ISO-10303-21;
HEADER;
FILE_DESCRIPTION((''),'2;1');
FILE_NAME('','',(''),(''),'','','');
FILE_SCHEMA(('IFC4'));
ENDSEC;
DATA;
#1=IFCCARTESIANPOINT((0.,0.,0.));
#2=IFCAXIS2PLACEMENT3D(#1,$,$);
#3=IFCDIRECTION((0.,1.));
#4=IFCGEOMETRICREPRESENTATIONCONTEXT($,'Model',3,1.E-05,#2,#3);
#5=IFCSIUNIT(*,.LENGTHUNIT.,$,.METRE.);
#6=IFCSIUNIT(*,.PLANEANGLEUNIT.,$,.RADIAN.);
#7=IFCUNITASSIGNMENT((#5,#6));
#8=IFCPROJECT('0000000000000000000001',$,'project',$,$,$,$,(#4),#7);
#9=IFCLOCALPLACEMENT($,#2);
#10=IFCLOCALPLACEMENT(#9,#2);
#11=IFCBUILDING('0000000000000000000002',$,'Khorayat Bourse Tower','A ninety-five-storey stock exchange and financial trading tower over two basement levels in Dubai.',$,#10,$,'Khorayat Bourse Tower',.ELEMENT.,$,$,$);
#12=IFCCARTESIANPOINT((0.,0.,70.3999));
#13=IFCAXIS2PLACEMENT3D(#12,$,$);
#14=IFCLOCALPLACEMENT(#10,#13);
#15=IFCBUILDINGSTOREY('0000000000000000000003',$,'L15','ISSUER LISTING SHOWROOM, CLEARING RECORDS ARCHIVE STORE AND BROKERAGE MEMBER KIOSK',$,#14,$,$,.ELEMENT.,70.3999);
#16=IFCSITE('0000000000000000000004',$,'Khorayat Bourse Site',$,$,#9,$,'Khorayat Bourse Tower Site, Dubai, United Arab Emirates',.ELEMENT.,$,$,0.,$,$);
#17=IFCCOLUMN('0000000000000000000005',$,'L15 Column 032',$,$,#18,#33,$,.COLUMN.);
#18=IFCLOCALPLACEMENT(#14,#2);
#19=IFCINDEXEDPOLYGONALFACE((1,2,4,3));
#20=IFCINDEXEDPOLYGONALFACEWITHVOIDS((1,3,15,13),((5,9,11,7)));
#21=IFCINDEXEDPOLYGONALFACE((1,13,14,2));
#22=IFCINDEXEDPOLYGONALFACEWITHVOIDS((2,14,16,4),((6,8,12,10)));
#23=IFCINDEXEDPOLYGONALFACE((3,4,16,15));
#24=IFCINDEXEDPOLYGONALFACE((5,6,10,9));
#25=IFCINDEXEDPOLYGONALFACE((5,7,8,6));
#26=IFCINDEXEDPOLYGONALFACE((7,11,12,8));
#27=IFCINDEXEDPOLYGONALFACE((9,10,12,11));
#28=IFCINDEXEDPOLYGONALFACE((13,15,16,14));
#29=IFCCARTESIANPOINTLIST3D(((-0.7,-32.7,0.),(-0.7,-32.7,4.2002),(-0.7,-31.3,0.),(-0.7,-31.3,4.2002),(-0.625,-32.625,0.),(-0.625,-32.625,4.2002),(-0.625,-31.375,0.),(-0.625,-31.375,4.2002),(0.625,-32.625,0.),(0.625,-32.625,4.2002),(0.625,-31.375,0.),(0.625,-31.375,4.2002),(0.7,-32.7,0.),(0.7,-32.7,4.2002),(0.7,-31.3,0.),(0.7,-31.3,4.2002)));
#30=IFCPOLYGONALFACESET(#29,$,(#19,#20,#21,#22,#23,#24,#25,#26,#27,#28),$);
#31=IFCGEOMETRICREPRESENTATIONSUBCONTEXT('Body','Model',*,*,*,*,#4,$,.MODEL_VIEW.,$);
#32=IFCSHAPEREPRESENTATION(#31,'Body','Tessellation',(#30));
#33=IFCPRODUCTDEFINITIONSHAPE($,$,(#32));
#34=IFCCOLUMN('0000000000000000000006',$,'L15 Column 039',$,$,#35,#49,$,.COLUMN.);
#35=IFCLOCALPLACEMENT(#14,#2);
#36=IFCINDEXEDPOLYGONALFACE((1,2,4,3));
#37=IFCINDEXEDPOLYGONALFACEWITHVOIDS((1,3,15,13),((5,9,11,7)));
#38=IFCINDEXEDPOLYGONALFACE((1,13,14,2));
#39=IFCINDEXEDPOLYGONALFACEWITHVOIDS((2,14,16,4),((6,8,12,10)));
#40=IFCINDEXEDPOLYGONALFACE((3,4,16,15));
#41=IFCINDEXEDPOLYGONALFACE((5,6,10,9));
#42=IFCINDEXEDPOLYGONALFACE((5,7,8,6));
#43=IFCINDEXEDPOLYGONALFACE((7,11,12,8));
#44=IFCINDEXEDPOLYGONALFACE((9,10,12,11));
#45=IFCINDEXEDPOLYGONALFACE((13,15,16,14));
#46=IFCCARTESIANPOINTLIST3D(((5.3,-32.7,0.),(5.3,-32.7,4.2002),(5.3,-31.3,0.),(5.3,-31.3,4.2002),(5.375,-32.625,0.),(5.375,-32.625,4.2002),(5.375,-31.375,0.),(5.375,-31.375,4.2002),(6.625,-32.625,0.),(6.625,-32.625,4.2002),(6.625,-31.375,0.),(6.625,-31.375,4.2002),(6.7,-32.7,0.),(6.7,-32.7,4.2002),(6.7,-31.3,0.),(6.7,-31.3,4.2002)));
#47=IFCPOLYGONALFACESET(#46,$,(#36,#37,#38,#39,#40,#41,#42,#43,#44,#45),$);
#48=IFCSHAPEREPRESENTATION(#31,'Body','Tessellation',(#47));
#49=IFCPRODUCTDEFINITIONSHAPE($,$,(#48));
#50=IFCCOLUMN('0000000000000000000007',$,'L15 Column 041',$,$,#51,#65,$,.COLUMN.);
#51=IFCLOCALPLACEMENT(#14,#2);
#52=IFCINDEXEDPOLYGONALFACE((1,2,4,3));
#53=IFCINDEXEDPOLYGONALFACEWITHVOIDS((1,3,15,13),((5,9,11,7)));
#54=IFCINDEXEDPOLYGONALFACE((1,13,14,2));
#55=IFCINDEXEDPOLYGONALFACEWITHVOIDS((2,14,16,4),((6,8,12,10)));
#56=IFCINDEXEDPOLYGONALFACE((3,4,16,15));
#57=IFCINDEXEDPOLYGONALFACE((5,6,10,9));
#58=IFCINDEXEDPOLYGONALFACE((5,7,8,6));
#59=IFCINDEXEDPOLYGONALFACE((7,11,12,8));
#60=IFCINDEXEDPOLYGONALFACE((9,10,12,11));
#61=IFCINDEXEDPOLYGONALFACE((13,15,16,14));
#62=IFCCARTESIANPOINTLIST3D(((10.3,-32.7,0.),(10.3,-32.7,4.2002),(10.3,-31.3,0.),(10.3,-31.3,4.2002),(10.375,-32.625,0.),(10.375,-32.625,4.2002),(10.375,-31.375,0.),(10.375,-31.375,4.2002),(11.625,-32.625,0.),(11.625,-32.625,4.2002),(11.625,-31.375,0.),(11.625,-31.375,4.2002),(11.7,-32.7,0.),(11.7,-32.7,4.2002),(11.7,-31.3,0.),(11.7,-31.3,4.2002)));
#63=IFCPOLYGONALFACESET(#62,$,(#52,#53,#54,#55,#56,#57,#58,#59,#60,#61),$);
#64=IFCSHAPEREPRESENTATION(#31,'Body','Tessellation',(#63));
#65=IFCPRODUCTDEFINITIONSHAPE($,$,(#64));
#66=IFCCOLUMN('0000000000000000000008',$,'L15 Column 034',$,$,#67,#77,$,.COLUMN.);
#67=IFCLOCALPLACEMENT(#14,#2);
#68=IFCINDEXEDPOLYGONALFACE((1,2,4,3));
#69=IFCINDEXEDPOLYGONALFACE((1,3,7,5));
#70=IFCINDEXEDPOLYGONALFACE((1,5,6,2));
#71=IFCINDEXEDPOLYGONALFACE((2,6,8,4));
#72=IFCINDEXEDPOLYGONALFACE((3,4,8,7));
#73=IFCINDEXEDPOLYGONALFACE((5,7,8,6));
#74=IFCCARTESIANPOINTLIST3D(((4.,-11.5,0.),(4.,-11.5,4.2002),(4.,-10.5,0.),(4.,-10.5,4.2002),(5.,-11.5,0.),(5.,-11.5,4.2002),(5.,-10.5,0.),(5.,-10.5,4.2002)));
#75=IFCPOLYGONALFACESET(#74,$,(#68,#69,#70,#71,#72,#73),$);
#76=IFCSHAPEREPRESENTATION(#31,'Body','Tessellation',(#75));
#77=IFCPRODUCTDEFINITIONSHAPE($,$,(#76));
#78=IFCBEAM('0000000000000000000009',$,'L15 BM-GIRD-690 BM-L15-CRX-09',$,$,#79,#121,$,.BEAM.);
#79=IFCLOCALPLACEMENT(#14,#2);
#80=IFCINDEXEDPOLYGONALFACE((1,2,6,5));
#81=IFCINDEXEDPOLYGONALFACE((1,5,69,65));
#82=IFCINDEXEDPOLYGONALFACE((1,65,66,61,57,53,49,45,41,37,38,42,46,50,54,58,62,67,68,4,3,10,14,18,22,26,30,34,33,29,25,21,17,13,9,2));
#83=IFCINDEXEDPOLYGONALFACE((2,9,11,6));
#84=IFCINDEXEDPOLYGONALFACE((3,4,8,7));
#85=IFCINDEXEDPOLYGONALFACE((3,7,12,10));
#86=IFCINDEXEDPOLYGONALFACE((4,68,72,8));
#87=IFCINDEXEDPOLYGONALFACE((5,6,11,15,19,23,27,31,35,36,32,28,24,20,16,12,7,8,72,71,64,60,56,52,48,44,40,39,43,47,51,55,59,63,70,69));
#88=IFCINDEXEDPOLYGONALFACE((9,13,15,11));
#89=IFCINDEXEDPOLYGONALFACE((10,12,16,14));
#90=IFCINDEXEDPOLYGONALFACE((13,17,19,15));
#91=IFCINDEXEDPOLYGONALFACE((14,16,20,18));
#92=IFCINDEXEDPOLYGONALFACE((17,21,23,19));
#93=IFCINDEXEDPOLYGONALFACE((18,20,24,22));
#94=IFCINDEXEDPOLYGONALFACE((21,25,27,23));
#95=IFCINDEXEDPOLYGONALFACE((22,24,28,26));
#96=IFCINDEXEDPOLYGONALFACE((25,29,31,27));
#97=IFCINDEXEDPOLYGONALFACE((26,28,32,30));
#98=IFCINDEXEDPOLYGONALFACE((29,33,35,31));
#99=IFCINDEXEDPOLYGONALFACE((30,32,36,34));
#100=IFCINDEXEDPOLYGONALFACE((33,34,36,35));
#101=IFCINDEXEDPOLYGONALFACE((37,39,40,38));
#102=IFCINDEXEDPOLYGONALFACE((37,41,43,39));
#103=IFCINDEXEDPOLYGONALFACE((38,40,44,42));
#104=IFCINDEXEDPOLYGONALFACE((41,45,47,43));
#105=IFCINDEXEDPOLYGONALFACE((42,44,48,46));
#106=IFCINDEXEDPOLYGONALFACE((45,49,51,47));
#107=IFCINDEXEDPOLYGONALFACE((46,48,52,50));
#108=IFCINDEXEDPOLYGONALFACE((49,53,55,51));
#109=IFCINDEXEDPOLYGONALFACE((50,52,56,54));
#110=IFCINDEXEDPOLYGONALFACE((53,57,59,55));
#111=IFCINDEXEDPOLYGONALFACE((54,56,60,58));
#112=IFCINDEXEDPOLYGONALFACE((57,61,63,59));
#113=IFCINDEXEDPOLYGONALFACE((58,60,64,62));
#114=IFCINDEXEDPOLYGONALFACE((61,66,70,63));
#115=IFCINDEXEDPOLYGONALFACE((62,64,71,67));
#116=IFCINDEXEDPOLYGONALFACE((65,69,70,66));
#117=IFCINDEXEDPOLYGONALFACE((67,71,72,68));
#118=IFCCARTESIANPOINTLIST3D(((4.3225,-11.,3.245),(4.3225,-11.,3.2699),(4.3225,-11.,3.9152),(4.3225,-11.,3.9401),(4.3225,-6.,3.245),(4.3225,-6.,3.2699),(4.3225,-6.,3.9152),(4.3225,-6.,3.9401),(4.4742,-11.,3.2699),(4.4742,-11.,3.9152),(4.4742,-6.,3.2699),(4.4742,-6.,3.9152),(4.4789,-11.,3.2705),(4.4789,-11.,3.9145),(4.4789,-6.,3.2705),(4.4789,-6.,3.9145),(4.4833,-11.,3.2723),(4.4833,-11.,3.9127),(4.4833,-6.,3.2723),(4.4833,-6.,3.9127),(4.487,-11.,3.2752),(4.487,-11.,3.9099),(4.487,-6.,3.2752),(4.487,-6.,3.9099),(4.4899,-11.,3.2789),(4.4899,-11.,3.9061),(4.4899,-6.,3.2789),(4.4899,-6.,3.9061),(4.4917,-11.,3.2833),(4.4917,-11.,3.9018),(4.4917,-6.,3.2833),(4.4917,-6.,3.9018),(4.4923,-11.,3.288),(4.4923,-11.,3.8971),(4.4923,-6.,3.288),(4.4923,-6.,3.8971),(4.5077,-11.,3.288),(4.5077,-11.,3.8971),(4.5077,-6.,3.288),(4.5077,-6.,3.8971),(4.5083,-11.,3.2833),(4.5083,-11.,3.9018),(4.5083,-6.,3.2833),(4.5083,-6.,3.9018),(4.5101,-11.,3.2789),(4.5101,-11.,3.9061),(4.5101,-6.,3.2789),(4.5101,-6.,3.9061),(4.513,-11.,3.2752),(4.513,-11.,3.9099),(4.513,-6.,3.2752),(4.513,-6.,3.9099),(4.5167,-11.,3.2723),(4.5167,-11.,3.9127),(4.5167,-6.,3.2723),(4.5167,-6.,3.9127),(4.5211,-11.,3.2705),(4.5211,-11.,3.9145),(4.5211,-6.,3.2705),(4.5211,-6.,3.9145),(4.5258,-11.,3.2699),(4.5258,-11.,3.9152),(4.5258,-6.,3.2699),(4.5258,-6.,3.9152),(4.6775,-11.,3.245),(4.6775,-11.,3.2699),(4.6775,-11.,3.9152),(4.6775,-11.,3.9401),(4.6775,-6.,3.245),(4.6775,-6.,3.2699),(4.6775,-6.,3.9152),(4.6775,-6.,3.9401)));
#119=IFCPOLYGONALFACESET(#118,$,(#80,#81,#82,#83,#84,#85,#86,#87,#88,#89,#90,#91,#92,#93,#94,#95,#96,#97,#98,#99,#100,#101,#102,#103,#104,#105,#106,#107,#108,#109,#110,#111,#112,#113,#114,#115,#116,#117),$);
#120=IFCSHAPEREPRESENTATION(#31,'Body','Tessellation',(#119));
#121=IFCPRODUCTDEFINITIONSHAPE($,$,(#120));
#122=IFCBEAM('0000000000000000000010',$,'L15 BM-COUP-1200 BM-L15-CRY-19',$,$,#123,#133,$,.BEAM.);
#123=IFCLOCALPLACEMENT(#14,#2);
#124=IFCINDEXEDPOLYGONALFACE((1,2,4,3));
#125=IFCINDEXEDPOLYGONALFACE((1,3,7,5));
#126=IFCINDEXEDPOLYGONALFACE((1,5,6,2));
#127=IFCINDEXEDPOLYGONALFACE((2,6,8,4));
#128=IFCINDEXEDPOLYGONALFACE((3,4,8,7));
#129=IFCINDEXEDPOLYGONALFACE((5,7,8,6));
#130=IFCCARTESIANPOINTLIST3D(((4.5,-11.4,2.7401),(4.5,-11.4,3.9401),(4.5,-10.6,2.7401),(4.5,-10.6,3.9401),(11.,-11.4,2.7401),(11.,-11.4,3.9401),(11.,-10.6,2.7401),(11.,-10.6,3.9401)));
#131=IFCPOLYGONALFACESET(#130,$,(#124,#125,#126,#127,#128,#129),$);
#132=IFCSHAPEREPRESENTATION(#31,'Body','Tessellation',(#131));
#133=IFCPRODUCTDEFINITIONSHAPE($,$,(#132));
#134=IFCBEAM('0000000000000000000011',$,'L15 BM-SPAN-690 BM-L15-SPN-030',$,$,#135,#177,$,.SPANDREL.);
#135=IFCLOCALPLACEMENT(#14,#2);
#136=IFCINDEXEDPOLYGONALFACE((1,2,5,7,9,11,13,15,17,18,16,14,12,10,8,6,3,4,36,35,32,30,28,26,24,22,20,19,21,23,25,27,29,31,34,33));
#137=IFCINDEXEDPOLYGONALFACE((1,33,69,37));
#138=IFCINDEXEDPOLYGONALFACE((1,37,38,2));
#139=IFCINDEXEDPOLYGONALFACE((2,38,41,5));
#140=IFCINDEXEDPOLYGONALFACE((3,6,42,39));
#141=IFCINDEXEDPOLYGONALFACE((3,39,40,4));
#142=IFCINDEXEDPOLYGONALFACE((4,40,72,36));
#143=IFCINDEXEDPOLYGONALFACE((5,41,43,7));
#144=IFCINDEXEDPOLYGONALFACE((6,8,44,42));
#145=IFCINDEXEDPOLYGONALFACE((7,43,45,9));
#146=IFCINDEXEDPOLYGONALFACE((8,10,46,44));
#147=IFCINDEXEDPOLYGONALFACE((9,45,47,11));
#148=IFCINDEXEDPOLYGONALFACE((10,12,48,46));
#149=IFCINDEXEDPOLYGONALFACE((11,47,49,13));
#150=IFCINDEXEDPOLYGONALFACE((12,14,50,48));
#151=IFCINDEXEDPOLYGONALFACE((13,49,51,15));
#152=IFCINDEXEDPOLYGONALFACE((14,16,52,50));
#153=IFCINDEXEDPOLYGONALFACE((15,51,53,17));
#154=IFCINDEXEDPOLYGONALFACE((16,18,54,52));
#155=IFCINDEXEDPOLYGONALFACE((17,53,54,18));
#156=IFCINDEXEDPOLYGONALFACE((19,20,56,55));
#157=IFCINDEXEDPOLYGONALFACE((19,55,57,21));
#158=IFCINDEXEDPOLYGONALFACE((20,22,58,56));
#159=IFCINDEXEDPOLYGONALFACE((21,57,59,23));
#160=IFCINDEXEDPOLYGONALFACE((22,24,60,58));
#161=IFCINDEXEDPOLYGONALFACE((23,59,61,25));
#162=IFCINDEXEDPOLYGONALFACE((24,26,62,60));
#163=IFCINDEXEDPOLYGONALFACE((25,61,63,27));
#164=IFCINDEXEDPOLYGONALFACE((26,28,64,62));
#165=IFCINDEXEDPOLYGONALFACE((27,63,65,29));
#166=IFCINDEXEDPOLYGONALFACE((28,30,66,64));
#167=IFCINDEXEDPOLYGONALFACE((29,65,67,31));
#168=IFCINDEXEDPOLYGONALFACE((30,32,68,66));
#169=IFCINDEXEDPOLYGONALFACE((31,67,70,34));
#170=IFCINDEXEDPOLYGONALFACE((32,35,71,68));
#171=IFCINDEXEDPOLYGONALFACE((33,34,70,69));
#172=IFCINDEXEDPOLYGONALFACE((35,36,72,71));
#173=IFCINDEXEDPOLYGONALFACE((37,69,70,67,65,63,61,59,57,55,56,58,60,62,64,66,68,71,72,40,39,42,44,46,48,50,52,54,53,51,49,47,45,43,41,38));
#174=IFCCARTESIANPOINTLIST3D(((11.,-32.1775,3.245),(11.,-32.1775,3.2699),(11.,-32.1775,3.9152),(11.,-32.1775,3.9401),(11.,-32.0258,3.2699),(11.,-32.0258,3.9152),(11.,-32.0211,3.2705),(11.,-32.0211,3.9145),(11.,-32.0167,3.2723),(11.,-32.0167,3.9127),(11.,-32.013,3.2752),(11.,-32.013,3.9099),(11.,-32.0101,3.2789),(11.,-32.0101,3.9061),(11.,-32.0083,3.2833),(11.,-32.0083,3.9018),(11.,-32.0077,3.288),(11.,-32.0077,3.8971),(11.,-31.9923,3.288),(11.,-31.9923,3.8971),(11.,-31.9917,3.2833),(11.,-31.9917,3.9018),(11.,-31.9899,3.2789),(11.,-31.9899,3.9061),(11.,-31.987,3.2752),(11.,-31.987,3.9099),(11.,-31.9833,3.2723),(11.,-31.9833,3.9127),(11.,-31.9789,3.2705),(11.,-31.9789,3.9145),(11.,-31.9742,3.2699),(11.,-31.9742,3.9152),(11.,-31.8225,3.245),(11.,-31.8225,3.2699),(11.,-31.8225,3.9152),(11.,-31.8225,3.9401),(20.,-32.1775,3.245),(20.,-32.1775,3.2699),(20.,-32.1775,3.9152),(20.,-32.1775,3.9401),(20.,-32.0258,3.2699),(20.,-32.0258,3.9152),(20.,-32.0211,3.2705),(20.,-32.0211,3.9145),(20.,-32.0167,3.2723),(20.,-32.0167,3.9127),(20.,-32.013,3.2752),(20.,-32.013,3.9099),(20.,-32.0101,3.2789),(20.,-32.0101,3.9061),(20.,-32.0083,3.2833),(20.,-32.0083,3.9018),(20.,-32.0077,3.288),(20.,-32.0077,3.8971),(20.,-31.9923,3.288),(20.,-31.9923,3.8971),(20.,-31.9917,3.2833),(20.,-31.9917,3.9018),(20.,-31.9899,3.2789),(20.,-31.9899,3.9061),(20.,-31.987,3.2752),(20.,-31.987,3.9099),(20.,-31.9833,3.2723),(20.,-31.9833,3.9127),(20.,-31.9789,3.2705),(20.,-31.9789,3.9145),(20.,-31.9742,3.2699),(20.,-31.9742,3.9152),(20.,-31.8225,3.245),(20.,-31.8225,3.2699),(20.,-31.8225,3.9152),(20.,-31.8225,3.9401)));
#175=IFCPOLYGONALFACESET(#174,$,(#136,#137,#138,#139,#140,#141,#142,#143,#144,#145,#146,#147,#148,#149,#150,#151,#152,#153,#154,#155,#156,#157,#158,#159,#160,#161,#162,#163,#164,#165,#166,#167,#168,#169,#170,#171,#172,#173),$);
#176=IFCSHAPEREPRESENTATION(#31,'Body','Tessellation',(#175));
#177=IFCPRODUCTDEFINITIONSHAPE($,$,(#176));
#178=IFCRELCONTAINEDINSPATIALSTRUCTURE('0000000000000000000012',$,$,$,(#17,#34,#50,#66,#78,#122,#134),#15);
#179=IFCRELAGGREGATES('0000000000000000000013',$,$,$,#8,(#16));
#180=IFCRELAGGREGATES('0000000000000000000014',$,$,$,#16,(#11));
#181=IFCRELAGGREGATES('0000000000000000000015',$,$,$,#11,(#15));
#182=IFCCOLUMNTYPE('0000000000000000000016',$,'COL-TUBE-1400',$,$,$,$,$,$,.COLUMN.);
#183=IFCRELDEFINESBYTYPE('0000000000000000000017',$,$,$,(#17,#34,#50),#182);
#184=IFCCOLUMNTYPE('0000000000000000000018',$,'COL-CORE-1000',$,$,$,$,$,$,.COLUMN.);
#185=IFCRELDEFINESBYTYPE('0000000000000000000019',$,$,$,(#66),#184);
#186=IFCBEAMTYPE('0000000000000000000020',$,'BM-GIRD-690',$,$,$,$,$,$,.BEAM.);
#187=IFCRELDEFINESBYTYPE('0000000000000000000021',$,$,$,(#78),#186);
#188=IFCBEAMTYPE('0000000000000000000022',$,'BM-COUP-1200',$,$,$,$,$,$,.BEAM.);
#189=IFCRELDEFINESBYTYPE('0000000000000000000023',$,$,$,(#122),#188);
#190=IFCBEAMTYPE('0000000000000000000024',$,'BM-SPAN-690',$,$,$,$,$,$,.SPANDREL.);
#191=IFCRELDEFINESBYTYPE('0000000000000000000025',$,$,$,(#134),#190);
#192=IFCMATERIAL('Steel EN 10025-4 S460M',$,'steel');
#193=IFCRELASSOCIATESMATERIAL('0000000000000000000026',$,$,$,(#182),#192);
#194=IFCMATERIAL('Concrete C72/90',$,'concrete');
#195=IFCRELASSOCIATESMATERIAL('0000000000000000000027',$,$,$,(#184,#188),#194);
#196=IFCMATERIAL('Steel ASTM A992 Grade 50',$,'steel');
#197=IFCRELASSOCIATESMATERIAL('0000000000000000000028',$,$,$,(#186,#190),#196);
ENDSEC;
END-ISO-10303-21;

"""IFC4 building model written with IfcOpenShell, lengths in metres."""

from ifc_helpers import new_model, si_unit, direction, frame, origin, origin_2d, place, context, subcontext, project, spatial, rectangle, hollow_rectangle, i_section, extrude, source, transform, mapped, material, material_profile, profile_set, type_object, element, save


model = new_model("IFC4")

# Units and contexts
model_context = context("Model", 3, precision=1e-05, world=origin(), true_north=direction((0.0, 1.0)))
body_context = subcontext(model_context, "Body", "Model", "MODEL_VIEW")
ifc_project = project(units=[si_unit("LENGTHUNIT", "METRE"), si_unit("PLANEANGLEUNIT", "RADIAN")], contexts=[model_context])

# Site, building, storey
site_placement = place(None, origin())
site = spatial("IfcSite", under=ifc_project, at=site_placement, Name="Khorayat Bourse Site", LongName="Khorayat Bourse Tower Site, Dubai, United Arab Emirates", CompositionType="ELEMENT", RefElevation=0.0)
building_placement = place(site_placement, origin())
building = spatial("IfcBuilding", under=site, at=building_placement, Name="Khorayat Bourse Tower", Description="A ninety-five-storey stock exchange and financial trading tower over two basement levels in Dubai.", LongName="Khorayat Bourse Tower", CompositionType="ELEMENT")
storey_placement = place(building_placement, frame((0.0, 0.0, 70.3999)))
storey = spatial("IfcBuildingStorey", under=building, at=storey_placement, Name="L15", Description="ISSUER LISTING SHOWROOM, CLEARING RECORDS ARCHIVE STORE AND BROKERAGE MEMBER KIOSK", CompositionType="ELEMENT", Elevation=70.3999)

# Columns
ifc_material_1 = material(Name="Steel EN 10025-4 S460M", Category="steel")
ifc_material_profile_1 = material_profile(ifc_material_1, hollow_rectangle(XDim=1.3999, YDim=1.3999, WallThickness=0.075, at=origin_2d()), Name="BOX 1400x1400x75")
ifc_profile_set_1 = profile_set([ifc_material_profile_1], Name="Steel EN 10025-4 S460M")
column_type_1 = type_object("IfcColumnType", Name="COL-TUBE-1400", PredefinedType="COLUMN", material=ifc_profile_set_1)
shared_shape_1 = source(origin(), body_context, "Body", "SweptSolid", [
    extrude(hollow_rectangle(XDim=1.3999, YDim=1.3999, WallThickness=0.075, at=origin_2d()), origin(), (0.0, 0.0, 1.0), 4.2002),
])
for number, where, z_axis, x_axis, name in (
    (1, (0.0, -32.0, 0.0), (0.0, 0.0, 1.0), (1.0, 0.0, 0.0), "L15 Column 032"),
    (2, (6.0, -32.0, 0.0), (0.0, 0.0, 1.0), (1.0, 0.0, 0.0), "L15 Column 039"),
    (3, (11.0, -32.0, 0.0), (0.0, 0.0, 1.0), (1.0, 0.0, 0.0), "L15 Column 041"),
):
    element("IfcColumn", number, at=place(storey_placement, frame(where, z_axis=z_axis, x_axis=x_axis)), inside=storey, type_object=column_type_1, Name=name, PredefinedType="COLUMN", context=body_context, shape_type="MappedRepresentation", body=[
        mapped(shared_shape_1, transform((0.0, 0.0, 0.0), scale=1.0)),
    ])
ifc_material_2 = material(Name="Concrete C72/90", Category="concrete")
ifc_material_profile_2 = material_profile(ifc_material_2, rectangle(XDim=1.0, YDim=1.0, at=origin_2d()), Name="RC 1000x1000")
ifc_profile_set_2 = profile_set([ifc_material_profile_2], Name="Concrete C72/90")
column_type_2 = type_object("IfcColumnType", Name="COL-CORE-1000", PredefinedType="COLUMN", material=ifc_profile_set_2)
shared_shape_2 = source(origin(), body_context, "Body", "SweptSolid", [
    extrude(rectangle(XDim=1.0, YDim=1.0, at=origin_2d()), origin(), (0.0, 0.0, 1.0), 4.2002),
])
column_placement = place(storey_placement, frame((4.5, -11.0, 0.0), z_axis=(0.0, 0.0, 1.0), x_axis=(1.0, 0.0, 0.0)))
element("IfcColumn", 4, at=column_placement, inside=storey, type_object=column_type_2, Name="L15 Column 034", PredefinedType="COLUMN", context=body_context, shape_type="MappedRepresentation", body=[
    mapped(shared_shape_2, transform((0.0, 0.0, 0.0), scale=1.0)),
])

# Beams
ifc_material_3 = material(Name="Steel ASTM A992 Grade 50", Category="steel")
ifc_material_profile_3 = material_profile(ifc_material_3, i_section(OverallWidth=0.355, OverallDepth=0.6951, WebThickness=0.0154, FlangeThickness=0.0249, FilletRadius=0.0181, at=origin_2d()), Name="W690X217")
ifc_profile_set_3 = profile_set([ifc_material_profile_3], Name="Steel ASTM A992 Grade 50")
beam_type_1 = type_object("IfcBeamType", Name="BM-GIRD-690", PredefinedType="BEAM", material=ifc_profile_set_3)
shared_shape_3 = source(origin(), body_context, "Body", "SweptSolid", [
    extrude(i_section(OverallWidth=0.355, OverallDepth=0.6951, WebThickness=0.0154, FlangeThickness=0.0249, FilletRadius=0.0181, at=origin_2d()), origin(), (0.0, 0.0, 1.0), 5.0),
])
beam_1_placement = place(storey_placement, frame((4.5, -11.0, 3.5925), z_axis=(0.0, 1.0, 0.0), x_axis=(-1.0, 0.0, 0.0)))
element("IfcBeam", 5, at=beam_1_placement, inside=storey, type_object=beam_type_1, Name="L15 BM-GIRD-690 BM-L15-CRX-09", PredefinedType="BEAM", context=body_context, shape_type="MappedRepresentation", body=[
    mapped(shared_shape_3, transform((0.0, 0.0, 0.0), scale=1.0)),
])
ifc_material_profile_4 = material_profile(ifc_material_2, rectangle(XDim=0.8, YDim=1.2, at=origin_2d()), Name="RC 800x1200")
ifc_profile_set_4 = profile_set([ifc_material_profile_4], Name="Concrete C72/90")
beam_type_2 = type_object("IfcBeamType", Name="BM-COUP-1200", PredefinedType="BEAM", material=ifc_profile_set_4)
shared_shape_4 = source(origin(), body_context, "Body", "SweptSolid", [
    extrude(rectangle(XDim=0.8, YDim=1.2, at=origin_2d()), origin(), (0.0, 0.0, 1.0), 6.5),
])
beam_2_placement = place(storey_placement, frame((4.5, -11.0, 3.3401), z_axis=(1.0, 0.0, 0.0), x_axis=(0.0, 1.0, 0.0)))
element("IfcBeam", 6, at=beam_2_placement, inside=storey, type_object=beam_type_2, Name="L15 BM-COUP-1200 BM-L15-CRY-19", PredefinedType="BEAM", context=body_context, shape_type="MappedRepresentation", body=[
    mapped(shared_shape_4, transform((0.0, 0.0, 0.0), scale=1.0)),
])
ifc_material_profile_5 = material_profile(ifc_material_3, i_section(OverallWidth=0.355, OverallDepth=0.6951, WebThickness=0.0154, FlangeThickness=0.0249, FilletRadius=0.0181, at=origin_2d()), Name="W690X217")
ifc_profile_set_5 = profile_set([ifc_material_profile_5], Name="Steel ASTM A992 Grade 50")
beam_type_3 = type_object("IfcBeamType", Name="BM-SPAN-690", PredefinedType="SPANDREL", material=ifc_profile_set_5)
shared_shape_5 = source(origin(), body_context, "Body", "SweptSolid", [
    extrude(i_section(OverallWidth=0.355, OverallDepth=0.6951, WebThickness=0.0154, FlangeThickness=0.0249, FilletRadius=0.0181, at=origin_2d()), origin(), (0.0, 0.0, 1.0), 9.0),
])
beam_3_placement = place(storey_placement, frame((11.0, -32.0, 3.5925), z_axis=(1.0, 0.0, 0.0), x_axis=(0.0, 1.0, 0.0)))
element("IfcBeam", 7, at=beam_3_placement, inside=storey, type_object=beam_type_3, Name="L15 BM-SPAN-690 BM-L15-SPN-030", PredefinedType="SPANDREL", context=body_context, shape_type="MappedRepresentation", body=[
    mapped(shared_shape_5, transform((0.0, 0.0, 0.0), scale=1.0)),
])

save(model, "model.ifc")
